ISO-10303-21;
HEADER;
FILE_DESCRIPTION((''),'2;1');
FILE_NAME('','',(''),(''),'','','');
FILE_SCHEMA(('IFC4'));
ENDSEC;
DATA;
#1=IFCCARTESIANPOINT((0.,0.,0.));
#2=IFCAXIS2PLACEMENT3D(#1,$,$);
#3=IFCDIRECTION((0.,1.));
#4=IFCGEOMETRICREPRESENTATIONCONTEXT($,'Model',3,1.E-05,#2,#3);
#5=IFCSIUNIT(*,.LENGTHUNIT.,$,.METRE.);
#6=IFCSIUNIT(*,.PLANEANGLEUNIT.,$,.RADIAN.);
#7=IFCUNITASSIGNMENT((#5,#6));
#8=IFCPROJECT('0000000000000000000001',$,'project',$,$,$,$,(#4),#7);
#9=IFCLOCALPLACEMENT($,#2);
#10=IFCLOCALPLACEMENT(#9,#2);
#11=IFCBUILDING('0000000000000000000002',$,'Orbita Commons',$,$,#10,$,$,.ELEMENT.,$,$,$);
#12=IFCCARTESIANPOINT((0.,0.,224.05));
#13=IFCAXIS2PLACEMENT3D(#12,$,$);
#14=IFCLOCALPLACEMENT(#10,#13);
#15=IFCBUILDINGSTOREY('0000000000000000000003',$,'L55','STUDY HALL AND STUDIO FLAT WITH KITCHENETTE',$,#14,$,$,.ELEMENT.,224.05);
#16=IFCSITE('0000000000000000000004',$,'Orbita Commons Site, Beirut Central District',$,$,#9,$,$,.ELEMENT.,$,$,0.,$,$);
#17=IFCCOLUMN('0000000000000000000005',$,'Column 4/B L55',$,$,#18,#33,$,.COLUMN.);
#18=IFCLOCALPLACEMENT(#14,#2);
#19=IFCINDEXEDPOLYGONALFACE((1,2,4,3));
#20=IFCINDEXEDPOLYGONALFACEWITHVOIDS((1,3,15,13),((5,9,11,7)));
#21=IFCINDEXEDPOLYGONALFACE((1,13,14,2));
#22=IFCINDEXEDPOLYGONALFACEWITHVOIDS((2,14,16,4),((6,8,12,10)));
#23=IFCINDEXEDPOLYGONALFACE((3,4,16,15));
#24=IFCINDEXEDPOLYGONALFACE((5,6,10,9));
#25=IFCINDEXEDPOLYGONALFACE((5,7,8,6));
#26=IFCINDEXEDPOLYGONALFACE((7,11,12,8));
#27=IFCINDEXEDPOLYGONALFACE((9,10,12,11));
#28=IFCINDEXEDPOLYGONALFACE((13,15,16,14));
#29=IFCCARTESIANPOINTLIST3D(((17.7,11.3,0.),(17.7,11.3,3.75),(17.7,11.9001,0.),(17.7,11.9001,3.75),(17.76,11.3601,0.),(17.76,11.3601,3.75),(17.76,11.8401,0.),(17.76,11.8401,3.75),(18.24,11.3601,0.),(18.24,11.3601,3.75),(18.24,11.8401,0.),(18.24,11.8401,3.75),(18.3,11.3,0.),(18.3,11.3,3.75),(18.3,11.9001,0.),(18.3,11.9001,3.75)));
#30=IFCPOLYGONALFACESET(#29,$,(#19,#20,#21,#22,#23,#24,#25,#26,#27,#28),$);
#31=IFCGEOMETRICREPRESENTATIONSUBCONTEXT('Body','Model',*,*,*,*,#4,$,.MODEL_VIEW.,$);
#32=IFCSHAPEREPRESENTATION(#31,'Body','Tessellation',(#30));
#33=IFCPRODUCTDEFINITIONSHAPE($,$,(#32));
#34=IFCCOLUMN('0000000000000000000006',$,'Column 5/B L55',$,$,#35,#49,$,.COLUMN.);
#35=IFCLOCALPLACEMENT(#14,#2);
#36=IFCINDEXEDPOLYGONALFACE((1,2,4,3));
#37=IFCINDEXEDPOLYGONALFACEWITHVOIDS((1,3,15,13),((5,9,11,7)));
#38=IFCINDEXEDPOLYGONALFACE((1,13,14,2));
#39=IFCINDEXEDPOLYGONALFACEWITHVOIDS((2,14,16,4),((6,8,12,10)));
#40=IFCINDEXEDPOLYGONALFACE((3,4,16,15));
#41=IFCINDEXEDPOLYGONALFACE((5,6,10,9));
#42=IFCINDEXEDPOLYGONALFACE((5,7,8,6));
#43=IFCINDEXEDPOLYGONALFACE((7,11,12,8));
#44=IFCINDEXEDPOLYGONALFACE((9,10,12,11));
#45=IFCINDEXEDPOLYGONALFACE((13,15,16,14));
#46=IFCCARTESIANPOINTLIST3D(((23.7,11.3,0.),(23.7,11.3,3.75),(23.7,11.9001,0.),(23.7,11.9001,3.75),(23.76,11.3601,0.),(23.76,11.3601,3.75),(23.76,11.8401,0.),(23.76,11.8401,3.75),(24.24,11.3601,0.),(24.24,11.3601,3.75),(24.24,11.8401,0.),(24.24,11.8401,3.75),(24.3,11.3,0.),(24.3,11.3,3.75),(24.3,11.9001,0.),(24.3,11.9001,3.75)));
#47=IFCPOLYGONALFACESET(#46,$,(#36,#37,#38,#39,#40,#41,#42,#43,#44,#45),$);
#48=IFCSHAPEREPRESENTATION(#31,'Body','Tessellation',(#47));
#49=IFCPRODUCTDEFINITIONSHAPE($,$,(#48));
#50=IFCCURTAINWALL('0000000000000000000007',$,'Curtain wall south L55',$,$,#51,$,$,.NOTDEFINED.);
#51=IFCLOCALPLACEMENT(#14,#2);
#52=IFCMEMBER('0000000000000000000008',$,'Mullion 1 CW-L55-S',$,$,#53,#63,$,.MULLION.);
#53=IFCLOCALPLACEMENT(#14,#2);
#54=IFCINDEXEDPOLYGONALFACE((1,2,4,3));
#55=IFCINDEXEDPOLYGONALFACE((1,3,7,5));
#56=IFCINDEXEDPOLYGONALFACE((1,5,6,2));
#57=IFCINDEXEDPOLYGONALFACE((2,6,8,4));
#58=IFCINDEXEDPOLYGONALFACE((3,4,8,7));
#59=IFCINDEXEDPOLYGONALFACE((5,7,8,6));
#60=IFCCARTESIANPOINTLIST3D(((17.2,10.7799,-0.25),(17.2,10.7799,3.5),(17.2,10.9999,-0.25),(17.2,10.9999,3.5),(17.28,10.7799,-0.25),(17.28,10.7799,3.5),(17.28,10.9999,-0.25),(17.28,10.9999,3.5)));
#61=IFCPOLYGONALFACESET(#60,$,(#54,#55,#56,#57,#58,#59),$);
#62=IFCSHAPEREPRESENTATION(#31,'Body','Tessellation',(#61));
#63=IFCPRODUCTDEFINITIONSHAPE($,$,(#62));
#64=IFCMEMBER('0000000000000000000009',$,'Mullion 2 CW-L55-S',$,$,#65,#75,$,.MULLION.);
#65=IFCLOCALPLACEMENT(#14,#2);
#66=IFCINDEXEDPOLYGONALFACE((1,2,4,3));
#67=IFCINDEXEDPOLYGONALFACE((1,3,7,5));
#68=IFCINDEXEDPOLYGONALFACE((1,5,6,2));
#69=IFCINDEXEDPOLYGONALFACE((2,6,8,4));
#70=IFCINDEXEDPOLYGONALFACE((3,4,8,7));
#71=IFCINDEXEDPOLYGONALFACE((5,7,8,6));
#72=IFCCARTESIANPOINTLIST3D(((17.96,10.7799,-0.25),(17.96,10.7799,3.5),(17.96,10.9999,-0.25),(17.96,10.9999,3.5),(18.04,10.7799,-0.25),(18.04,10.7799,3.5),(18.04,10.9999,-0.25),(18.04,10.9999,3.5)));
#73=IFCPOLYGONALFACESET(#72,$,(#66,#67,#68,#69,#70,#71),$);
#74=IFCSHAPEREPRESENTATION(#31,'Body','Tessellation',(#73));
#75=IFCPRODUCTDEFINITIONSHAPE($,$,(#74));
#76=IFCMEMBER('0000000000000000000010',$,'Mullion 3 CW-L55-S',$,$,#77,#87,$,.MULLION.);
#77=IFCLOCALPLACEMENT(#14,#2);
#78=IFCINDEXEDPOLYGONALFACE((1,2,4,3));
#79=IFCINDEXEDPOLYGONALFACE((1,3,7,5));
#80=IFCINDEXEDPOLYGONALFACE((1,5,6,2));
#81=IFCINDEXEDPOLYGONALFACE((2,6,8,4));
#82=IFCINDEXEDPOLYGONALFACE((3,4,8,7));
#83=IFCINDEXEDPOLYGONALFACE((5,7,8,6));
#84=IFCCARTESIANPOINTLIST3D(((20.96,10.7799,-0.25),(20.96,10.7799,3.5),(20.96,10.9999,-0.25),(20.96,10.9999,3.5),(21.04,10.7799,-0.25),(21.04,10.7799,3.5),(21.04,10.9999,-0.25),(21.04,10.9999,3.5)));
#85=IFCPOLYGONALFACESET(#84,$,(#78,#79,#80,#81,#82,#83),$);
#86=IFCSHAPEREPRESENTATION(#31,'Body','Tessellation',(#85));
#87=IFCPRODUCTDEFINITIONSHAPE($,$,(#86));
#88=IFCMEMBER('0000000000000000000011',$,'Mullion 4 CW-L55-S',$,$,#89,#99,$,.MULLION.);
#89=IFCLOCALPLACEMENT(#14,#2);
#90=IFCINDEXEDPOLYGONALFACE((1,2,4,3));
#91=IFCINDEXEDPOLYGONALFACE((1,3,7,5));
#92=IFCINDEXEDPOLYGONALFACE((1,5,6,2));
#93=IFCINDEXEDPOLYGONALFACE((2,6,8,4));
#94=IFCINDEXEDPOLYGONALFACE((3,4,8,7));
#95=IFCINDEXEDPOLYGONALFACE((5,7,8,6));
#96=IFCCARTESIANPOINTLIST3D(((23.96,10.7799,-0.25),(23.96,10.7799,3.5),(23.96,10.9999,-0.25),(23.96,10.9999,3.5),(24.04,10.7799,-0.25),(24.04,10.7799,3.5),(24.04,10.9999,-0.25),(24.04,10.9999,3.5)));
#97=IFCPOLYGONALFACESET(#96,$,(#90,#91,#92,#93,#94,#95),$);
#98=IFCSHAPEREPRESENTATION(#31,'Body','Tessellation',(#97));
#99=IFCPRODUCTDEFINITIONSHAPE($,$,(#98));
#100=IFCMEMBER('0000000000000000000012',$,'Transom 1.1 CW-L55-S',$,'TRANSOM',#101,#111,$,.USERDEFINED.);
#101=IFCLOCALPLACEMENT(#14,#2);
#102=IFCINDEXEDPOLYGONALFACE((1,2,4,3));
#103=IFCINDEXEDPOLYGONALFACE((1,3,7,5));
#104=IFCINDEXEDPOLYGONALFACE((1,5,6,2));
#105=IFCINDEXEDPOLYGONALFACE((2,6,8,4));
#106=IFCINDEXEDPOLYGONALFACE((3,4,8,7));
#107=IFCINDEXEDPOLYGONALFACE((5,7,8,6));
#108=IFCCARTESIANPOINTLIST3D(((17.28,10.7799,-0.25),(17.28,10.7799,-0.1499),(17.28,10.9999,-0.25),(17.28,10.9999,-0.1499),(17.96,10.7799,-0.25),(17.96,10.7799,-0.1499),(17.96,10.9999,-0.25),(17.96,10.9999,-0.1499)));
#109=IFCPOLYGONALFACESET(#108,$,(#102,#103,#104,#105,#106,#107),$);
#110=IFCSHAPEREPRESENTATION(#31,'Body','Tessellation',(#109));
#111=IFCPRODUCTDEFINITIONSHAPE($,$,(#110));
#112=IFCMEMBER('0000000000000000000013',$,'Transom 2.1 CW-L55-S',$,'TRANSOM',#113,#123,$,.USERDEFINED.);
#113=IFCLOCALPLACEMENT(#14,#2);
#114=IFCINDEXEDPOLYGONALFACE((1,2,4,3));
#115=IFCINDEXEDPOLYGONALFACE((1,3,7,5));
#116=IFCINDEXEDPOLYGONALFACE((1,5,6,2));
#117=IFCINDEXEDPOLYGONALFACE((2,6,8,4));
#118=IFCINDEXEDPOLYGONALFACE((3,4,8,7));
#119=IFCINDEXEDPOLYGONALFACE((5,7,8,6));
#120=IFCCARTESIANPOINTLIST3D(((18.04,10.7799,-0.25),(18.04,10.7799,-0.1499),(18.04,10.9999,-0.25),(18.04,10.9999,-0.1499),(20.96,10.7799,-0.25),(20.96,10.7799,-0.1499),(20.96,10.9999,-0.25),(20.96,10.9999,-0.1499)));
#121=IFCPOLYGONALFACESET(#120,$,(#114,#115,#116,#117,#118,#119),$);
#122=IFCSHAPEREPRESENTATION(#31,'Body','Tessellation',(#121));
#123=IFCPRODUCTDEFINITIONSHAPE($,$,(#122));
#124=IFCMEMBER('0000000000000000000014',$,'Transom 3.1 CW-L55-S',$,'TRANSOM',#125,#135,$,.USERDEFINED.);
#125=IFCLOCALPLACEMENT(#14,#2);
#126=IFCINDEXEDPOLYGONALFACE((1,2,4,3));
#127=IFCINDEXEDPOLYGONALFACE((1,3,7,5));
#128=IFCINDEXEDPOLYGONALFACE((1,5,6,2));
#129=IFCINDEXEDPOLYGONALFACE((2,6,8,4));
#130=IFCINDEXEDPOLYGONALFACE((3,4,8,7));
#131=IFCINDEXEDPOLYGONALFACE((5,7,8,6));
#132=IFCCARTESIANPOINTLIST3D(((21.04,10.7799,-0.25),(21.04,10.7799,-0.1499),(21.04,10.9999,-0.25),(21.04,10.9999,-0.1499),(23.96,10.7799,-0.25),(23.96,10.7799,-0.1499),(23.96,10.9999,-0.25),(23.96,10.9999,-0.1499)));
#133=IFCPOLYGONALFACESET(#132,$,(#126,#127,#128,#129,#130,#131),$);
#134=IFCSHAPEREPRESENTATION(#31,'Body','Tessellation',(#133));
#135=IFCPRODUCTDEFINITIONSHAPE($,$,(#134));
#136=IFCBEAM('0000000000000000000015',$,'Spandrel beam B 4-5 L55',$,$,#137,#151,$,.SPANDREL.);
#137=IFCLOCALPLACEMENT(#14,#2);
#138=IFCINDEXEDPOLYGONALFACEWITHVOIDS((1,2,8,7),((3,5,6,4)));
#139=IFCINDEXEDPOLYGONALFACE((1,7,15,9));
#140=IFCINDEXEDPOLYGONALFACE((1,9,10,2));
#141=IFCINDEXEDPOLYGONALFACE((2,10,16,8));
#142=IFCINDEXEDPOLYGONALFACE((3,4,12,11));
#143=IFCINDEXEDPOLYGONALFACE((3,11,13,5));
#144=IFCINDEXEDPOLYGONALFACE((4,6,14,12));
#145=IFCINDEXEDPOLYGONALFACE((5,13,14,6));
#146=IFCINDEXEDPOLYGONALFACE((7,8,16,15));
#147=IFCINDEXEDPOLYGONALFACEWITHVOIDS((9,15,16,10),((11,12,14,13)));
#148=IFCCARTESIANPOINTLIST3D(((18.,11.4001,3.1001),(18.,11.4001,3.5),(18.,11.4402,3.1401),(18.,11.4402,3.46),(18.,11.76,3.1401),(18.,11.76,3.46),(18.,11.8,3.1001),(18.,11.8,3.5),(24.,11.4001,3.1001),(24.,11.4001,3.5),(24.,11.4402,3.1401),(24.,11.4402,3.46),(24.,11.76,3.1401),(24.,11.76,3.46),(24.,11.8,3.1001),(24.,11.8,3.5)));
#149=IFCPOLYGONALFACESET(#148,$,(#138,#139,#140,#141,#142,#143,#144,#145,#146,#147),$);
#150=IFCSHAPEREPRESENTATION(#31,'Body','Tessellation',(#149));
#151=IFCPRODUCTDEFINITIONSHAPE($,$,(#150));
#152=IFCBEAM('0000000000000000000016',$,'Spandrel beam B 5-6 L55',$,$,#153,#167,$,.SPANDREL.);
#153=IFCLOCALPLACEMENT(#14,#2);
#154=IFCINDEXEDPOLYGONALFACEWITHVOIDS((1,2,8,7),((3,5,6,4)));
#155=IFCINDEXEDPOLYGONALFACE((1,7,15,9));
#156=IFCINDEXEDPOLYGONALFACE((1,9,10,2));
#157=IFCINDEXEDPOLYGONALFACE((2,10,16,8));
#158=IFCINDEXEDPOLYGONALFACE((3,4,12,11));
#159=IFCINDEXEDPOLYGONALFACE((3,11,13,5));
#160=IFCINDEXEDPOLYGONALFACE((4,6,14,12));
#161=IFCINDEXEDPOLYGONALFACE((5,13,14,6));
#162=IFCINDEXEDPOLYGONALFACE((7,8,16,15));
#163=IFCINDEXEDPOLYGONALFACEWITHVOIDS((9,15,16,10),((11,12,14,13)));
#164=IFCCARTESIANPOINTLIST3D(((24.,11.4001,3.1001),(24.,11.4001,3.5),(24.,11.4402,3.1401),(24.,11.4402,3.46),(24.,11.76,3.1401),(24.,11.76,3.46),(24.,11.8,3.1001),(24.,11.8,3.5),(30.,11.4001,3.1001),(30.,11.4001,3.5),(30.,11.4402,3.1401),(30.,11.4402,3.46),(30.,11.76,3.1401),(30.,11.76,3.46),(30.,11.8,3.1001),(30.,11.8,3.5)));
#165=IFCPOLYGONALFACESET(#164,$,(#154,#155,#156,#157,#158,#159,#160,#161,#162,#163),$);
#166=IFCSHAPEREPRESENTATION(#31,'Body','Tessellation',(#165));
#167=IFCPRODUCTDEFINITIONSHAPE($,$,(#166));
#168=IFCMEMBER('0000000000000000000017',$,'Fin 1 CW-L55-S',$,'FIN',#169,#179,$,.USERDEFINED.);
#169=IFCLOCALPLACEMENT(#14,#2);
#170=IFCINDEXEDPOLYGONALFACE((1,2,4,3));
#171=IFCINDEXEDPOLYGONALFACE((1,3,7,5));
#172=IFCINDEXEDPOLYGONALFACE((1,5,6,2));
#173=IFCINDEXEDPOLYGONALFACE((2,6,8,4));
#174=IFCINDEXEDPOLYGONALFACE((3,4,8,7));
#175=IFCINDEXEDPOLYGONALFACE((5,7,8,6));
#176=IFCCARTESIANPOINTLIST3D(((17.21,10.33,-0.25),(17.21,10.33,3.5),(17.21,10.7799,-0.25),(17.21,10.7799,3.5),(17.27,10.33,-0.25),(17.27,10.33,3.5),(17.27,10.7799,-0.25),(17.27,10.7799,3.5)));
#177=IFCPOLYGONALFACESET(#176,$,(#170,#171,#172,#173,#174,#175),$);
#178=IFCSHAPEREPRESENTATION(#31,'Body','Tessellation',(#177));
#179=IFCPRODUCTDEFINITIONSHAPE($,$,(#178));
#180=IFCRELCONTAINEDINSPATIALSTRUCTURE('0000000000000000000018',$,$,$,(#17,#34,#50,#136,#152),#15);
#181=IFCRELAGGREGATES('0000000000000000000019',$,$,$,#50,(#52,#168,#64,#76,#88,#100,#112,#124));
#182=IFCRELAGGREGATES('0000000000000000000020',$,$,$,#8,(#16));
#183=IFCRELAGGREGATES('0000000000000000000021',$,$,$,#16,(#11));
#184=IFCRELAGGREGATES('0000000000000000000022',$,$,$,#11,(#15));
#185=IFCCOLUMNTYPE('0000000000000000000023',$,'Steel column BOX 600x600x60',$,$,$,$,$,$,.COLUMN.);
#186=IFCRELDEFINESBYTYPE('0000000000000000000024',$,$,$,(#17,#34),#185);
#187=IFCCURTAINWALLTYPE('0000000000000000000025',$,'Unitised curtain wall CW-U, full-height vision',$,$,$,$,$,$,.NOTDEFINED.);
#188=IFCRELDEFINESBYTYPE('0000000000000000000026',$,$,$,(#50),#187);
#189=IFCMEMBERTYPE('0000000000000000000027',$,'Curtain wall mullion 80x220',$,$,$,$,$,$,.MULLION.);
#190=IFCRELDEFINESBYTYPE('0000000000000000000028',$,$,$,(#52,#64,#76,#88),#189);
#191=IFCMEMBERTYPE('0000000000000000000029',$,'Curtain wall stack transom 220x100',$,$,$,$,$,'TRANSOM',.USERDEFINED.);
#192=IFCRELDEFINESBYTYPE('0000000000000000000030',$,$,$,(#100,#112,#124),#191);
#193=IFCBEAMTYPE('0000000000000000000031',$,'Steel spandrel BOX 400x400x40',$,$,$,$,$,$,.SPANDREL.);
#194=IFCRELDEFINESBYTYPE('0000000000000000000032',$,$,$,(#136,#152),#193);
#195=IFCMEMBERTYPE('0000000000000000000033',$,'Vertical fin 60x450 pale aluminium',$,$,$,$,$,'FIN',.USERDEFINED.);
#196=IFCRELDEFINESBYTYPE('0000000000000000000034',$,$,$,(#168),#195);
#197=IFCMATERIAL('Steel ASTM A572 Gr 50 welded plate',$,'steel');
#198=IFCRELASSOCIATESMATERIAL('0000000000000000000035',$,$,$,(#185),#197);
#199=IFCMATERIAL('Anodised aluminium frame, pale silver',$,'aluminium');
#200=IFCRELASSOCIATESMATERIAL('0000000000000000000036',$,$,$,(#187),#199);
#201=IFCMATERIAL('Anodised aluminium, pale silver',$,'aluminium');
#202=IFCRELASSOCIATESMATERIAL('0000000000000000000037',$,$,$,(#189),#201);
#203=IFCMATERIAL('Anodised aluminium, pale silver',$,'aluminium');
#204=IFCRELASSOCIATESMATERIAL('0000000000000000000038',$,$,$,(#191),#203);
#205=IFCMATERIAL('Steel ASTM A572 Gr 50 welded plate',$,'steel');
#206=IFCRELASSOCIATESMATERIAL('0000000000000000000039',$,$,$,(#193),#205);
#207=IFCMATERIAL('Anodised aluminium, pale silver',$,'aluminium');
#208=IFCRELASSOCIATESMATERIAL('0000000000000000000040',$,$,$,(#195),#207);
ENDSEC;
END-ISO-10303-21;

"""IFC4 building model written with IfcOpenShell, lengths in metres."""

from ifc_helpers import new_model, si_unit, direction, frame, origin, origin_2d, place, context, subcontext, project, spatial, rectangle, hollow_rectangle, extrude, material, material_profile, profile_set, type_object, element, aggregate, save


model = new_model("IFC4")

# Units and contexts
model_context = context("Model", 3, precision=1e-05, world=origin(), true_north=direction((0.0, 1.0)))
body_context = subcontext(model_context, "Body", "Model", "MODEL_VIEW")
ifc_project = project(units=[si_unit("LENGTHUNIT", "METRE"), si_unit("PLANEANGLEUNIT", "RADIAN")], contexts=[model_context])

# Site, building, storey
site_placement = place(None, origin())
site = spatial("IfcSite", under=ifc_project, at=site_placement, Name="Orbita Commons Site, Beirut Central District", CompositionType="ELEMENT", RefElevation=0.0)
building_placement = place(site_placement, origin())
building = spatial("IfcBuilding", under=site, at=building_placement, Name="Orbita Commons", CompositionType="ELEMENT")
storey_placement = place(building_placement, frame((0.0, 0.0, 224.05)))
storey = spatial("IfcBuildingStorey", under=building, at=storey_placement, Name="L55", Description="STUDY HALL AND STUDIO FLAT WITH KITCHENETTE", CompositionType="ELEMENT", Elevation=224.05)

# Columns
ifc_material_1 = material(Name="Steel ASTM A572 Gr 50 welded plate", Category="steel")
ifc_material_profile_1 = material_profile(ifc_material_1, hollow_rectangle(XDim=0.6001, YDim=0.6001, WallThickness=0.0601, at=origin_2d()), Name="BOX 600x600x60")
ifc_profile_set_1 = profile_set([ifc_material_profile_1], Name="Steel ASTM A572 Gr 50 welded plate")
column_type = type_object("IfcColumnType", Name="Steel column BOX 600x600x60", PredefinedType="COLUMN", material=ifc_profile_set_1)
for number, where, z_axis, x_axis, name in (
    (1, (18.0, 11.6001, 0.0), (0.0, 0.0, 1.0), (1.0, 0.0, 0.0), "Column 4/B L55"),
    (2, (24.0, 11.6001, 0.0), (0.0, 0.0, 1.0), (1.0, 0.0, 0.0), "Column 5/B L55"),
):
    element("IfcColumn", number, at=place(storey_placement, frame(where, z_axis=z_axis, x_axis=x_axis)), inside=storey, type_object=column_type, Name=name, PredefinedType="COLUMN", context=body_context, shape_type="SweptSolid", body=[
        extrude(hollow_rectangle(XDim=0.6001, YDim=0.6001, WallThickness=0.0601, at=origin_2d()), origin(), (0.0, 0.0, 1.0), 3.75),
    ])

# Curtain wall, members
ifc_material_2 = material(Name="Anodised aluminium frame, pale silver", Category="aluminium")
curtain_wall_type = type_object("IfcCurtainWallType", Name="Unitised curtain wall CW-U, full-height vision", PredefinedType="NOTDEFINED", material=ifc_material_2)
curtain_wall_placement = place(storey_placement, origin())
curtain_wall = element("IfcCurtainWall", 3, at=curtain_wall_placement, inside=storey, type_object=curtain_wall_type, Name="Curtain wall south L55", PredefinedType="NOTDEFINED")
ifc_material_3 = material(Name="Anodised aluminium, pale silver", Category="aluminium")
ifc_material_profile_2 = material_profile(ifc_material_3, rectangle(XDim=0.0801, YDim=0.22, at=origin_2d()), Name="AL 80x220")
ifc_profile_set_2 = profile_set([ifc_material_profile_2], Name="Anodised aluminium, pale silver")
member_type_1 = type_object("IfcMemberType", Name="Curtain wall mullion 80x220", PredefinedType="MULLION", material=ifc_profile_set_2)
member_1_placement = place(storey_placement, frame((17.24, 10.8899, -0.25), z_axis=(0.0, 0.0, 1.0), x_axis=(1.0, 0.0, 0.0)))
member_1 = element("IfcMember", 4, at=member_1_placement, type_object=member_type_1, Name="Mullion 1 CW-L55-S", PredefinedType="MULLION", context=body_context, shape_type="SweptSolid", body=[
    extrude(rectangle(XDim=0.0801, YDim=0.22, at=origin_2d()), origin(), (0.0, 0.0, 1.0), 3.75),
])
member_2_placement = place(storey_placement, frame((18.0, 10.8899, -0.25), z_axis=(0.0, 0.0, 1.0), x_axis=(1.0, 0.0, 0.0)))
member_2 = element("IfcMember", 5, at=member_2_placement, type_object=member_type_1, Name="Mullion 2 CW-L55-S", PredefinedType="MULLION", context=body_context, shape_type="SweptSolid", body=[
    extrude(rectangle(XDim=0.0801, YDim=0.22, at=origin_2d()), origin(), (0.0, 0.0, 1.0), 3.75),
])
member_3_placement = place(storey_placement, frame((21.0, 10.8899, -0.25), z_axis=(0.0, 0.0, 1.0), x_axis=(1.0, 0.0, 0.0)))
member_3 = element("IfcMember", 6, at=member_3_placement, type_object=member_type_1, Name="Mullion 3 CW-L55-S", PredefinedType="MULLION", context=body_context, shape_type="SweptSolid", body=[
    extrude(rectangle(XDim=0.0801, YDim=0.22, at=origin_2d()), origin(), (0.0, 0.0, 1.0), 3.75),
])
member_4_placement = place(storey_placement, frame((24.0, 10.8899, -0.25), z_axis=(0.0, 0.0, 1.0), x_axis=(1.0, 0.0, 0.0)))
member_4 = element("IfcMember", 7, at=member_4_placement, type_object=member_type_1, Name="Mullion 4 CW-L55-S", PredefinedType="MULLION", context=body_context, shape_type="SweptSolid", body=[
    extrude(rectangle(XDim=0.0801, YDim=0.22, at=origin_2d()), origin(), (0.0, 0.0, 1.0), 3.75),
])
ifc_material_4 = material(Name="Anodised aluminium, pale silver", Category="aluminium")
ifc_material_profile_3 = material_profile(ifc_material_4, rectangle(XDim=0.22, YDim=0.1001, at=origin_2d()), Name="AL 220x100")
ifc_profile_set_3 = profile_set([ifc_material_profile_3], Name="Anodised aluminium, pale silver")
member_type_2 = type_object("IfcMemberType", Name="Curtain wall stack transom 220x100", ElementType="TRANSOM", PredefinedType="USERDEFINED", material=ifc_profile_set_3)
member_5_placement = place(storey_placement, frame((17.28, 10.8899, -0.2), z_axis=(1.0, 0.0, 0.0), x_axis=(0.0, 1.0, 0.0)))
member_5 = element("IfcMember", 8, at=member_5_placement, type_object=member_type_2, Name="Transom 1.1 CW-L55-S", ObjectType="TRANSOM", PredefinedType="USERDEFINED", context=body_context, shape_type="SweptSolid", body=[
    extrude(rectangle(XDim=0.22, YDim=0.1001, at=origin_2d()), origin(), (0.0, 0.0, 1.0), 0.6799),
])
member_6_placement = place(storey_placement, frame((18.04, 10.8899, -0.2), z_axis=(1.0, 0.0, 0.0), x_axis=(0.0, 1.0, 0.0)))
member_6 = element("IfcMember", 9, at=member_6_placement, type_object=member_type_2, Name="Transom 2.1 CW-L55-S", ObjectType="TRANSOM", PredefinedType="USERDEFINED", context=body_context, shape_type="SweptSolid", body=[
    extrude(rectangle(XDim=0.22, YDim=0.1001, at=origin_2d()), origin(), (0.0, 0.0, 1.0), 2.9199),
])
member_7_placement = place(storey_placement, frame((21.04, 10.8899, -0.2), z_axis=(1.0, 0.0, 0.0), x_axis=(0.0, 1.0, 0.0)))
member_7 = element("IfcMember", 10, at=member_7_placement, type_object=member_type_2, Name="Transom 3.1 CW-L55-S", ObjectType="TRANSOM", PredefinedType="USERDEFINED", context=body_context, shape_type="SweptSolid", body=[
    extrude(rectangle(XDim=0.22, YDim=0.1001, at=origin_2d()), origin(), (0.0, 0.0, 1.0), 2.9199),
])

# Beams
ifc_material_5 = material(Name="Steel ASTM A572 Gr 50 welded plate", Category="steel")
ifc_material_profile_4 = material_profile(ifc_material_5, hollow_rectangle(XDim=0.3999, YDim=0.3999, WallThickness=0.04, at=origin_2d()), Name="BOX 400x400x40")
ifc_profile_set_4 = profile_set([ifc_material_profile_4], Name="Steel ASTM A572 Gr 50 welded plate")
beam_type = type_object("IfcBeamType", Name="Steel spandrel BOX 400x400x40", PredefinedType="SPANDREL", material=ifc_profile_set_4)
for number, where, z_axis, x_axis, name in (
    (11, (18.0, 11.6001, 3.3), (1.0, 0.0, 0.0), (0.0, 1.0, 0.0), "Spandrel beam B 4-5 L55"),
    (12, (24.0, 11.6001, 3.3), (1.0, 0.0, 0.0), (0.0, 1.0, 0.0), "Spandrel beam B 5-6 L55"),
):
    element("IfcBeam", number, at=place(storey_placement, frame(where, z_axis=z_axis, x_axis=x_axis)), inside=storey, type_object=beam_type, Name=name, PredefinedType="SPANDREL", context=body_context, shape_type="SweptSolid", body=[
        extrude(hollow_rectangle(XDim=0.3999, YDim=0.3999, WallThickness=0.04, at=origin_2d()), origin(), (0.0, 0.0, 1.0), 6.0),
    ])

# Member
ifc_material_6 = material(Name="Anodised aluminium, pale silver", Category="aluminium")
ifc_material_profile_5 = material_profile(ifc_material_6, rectangle(XDim=0.0601, YDim=0.45, at=origin_2d()), Name="FIN 60x450")
ifc_profile_set_5 = profile_set([ifc_material_profile_5], Name="Anodised aluminium, pale silver")
member_type_3 = type_object("IfcMemberType", Name="Vertical fin 60x450 pale aluminium", ElementType="FIN", PredefinedType="USERDEFINED", material=ifc_profile_set_5)
member_8_placement = place(storey_placement, frame((17.24, 10.5549, -0.25), z_axis=(0.0, 0.0, 1.0), x_axis=(1.0, 0.0, 0.0)))
member_8 = element("IfcMember", 13, at=member_8_placement, type_object=member_type_3, Name="Fin 1 CW-L55-S", ObjectType="FIN", PredefinedType="USERDEFINED", context=body_context, shape_type="SweptSolid", body=[
    extrude(rectangle(XDim=0.0601, YDim=0.45, at=origin_2d()), origin(), (0.0, 0.0, 1.0), 3.75),
])

aggregate(curtain_wall, [member_1, member_8, member_2, member_3, member_4, member_5, member_6, member_7])

save(model, "model.ifc")
